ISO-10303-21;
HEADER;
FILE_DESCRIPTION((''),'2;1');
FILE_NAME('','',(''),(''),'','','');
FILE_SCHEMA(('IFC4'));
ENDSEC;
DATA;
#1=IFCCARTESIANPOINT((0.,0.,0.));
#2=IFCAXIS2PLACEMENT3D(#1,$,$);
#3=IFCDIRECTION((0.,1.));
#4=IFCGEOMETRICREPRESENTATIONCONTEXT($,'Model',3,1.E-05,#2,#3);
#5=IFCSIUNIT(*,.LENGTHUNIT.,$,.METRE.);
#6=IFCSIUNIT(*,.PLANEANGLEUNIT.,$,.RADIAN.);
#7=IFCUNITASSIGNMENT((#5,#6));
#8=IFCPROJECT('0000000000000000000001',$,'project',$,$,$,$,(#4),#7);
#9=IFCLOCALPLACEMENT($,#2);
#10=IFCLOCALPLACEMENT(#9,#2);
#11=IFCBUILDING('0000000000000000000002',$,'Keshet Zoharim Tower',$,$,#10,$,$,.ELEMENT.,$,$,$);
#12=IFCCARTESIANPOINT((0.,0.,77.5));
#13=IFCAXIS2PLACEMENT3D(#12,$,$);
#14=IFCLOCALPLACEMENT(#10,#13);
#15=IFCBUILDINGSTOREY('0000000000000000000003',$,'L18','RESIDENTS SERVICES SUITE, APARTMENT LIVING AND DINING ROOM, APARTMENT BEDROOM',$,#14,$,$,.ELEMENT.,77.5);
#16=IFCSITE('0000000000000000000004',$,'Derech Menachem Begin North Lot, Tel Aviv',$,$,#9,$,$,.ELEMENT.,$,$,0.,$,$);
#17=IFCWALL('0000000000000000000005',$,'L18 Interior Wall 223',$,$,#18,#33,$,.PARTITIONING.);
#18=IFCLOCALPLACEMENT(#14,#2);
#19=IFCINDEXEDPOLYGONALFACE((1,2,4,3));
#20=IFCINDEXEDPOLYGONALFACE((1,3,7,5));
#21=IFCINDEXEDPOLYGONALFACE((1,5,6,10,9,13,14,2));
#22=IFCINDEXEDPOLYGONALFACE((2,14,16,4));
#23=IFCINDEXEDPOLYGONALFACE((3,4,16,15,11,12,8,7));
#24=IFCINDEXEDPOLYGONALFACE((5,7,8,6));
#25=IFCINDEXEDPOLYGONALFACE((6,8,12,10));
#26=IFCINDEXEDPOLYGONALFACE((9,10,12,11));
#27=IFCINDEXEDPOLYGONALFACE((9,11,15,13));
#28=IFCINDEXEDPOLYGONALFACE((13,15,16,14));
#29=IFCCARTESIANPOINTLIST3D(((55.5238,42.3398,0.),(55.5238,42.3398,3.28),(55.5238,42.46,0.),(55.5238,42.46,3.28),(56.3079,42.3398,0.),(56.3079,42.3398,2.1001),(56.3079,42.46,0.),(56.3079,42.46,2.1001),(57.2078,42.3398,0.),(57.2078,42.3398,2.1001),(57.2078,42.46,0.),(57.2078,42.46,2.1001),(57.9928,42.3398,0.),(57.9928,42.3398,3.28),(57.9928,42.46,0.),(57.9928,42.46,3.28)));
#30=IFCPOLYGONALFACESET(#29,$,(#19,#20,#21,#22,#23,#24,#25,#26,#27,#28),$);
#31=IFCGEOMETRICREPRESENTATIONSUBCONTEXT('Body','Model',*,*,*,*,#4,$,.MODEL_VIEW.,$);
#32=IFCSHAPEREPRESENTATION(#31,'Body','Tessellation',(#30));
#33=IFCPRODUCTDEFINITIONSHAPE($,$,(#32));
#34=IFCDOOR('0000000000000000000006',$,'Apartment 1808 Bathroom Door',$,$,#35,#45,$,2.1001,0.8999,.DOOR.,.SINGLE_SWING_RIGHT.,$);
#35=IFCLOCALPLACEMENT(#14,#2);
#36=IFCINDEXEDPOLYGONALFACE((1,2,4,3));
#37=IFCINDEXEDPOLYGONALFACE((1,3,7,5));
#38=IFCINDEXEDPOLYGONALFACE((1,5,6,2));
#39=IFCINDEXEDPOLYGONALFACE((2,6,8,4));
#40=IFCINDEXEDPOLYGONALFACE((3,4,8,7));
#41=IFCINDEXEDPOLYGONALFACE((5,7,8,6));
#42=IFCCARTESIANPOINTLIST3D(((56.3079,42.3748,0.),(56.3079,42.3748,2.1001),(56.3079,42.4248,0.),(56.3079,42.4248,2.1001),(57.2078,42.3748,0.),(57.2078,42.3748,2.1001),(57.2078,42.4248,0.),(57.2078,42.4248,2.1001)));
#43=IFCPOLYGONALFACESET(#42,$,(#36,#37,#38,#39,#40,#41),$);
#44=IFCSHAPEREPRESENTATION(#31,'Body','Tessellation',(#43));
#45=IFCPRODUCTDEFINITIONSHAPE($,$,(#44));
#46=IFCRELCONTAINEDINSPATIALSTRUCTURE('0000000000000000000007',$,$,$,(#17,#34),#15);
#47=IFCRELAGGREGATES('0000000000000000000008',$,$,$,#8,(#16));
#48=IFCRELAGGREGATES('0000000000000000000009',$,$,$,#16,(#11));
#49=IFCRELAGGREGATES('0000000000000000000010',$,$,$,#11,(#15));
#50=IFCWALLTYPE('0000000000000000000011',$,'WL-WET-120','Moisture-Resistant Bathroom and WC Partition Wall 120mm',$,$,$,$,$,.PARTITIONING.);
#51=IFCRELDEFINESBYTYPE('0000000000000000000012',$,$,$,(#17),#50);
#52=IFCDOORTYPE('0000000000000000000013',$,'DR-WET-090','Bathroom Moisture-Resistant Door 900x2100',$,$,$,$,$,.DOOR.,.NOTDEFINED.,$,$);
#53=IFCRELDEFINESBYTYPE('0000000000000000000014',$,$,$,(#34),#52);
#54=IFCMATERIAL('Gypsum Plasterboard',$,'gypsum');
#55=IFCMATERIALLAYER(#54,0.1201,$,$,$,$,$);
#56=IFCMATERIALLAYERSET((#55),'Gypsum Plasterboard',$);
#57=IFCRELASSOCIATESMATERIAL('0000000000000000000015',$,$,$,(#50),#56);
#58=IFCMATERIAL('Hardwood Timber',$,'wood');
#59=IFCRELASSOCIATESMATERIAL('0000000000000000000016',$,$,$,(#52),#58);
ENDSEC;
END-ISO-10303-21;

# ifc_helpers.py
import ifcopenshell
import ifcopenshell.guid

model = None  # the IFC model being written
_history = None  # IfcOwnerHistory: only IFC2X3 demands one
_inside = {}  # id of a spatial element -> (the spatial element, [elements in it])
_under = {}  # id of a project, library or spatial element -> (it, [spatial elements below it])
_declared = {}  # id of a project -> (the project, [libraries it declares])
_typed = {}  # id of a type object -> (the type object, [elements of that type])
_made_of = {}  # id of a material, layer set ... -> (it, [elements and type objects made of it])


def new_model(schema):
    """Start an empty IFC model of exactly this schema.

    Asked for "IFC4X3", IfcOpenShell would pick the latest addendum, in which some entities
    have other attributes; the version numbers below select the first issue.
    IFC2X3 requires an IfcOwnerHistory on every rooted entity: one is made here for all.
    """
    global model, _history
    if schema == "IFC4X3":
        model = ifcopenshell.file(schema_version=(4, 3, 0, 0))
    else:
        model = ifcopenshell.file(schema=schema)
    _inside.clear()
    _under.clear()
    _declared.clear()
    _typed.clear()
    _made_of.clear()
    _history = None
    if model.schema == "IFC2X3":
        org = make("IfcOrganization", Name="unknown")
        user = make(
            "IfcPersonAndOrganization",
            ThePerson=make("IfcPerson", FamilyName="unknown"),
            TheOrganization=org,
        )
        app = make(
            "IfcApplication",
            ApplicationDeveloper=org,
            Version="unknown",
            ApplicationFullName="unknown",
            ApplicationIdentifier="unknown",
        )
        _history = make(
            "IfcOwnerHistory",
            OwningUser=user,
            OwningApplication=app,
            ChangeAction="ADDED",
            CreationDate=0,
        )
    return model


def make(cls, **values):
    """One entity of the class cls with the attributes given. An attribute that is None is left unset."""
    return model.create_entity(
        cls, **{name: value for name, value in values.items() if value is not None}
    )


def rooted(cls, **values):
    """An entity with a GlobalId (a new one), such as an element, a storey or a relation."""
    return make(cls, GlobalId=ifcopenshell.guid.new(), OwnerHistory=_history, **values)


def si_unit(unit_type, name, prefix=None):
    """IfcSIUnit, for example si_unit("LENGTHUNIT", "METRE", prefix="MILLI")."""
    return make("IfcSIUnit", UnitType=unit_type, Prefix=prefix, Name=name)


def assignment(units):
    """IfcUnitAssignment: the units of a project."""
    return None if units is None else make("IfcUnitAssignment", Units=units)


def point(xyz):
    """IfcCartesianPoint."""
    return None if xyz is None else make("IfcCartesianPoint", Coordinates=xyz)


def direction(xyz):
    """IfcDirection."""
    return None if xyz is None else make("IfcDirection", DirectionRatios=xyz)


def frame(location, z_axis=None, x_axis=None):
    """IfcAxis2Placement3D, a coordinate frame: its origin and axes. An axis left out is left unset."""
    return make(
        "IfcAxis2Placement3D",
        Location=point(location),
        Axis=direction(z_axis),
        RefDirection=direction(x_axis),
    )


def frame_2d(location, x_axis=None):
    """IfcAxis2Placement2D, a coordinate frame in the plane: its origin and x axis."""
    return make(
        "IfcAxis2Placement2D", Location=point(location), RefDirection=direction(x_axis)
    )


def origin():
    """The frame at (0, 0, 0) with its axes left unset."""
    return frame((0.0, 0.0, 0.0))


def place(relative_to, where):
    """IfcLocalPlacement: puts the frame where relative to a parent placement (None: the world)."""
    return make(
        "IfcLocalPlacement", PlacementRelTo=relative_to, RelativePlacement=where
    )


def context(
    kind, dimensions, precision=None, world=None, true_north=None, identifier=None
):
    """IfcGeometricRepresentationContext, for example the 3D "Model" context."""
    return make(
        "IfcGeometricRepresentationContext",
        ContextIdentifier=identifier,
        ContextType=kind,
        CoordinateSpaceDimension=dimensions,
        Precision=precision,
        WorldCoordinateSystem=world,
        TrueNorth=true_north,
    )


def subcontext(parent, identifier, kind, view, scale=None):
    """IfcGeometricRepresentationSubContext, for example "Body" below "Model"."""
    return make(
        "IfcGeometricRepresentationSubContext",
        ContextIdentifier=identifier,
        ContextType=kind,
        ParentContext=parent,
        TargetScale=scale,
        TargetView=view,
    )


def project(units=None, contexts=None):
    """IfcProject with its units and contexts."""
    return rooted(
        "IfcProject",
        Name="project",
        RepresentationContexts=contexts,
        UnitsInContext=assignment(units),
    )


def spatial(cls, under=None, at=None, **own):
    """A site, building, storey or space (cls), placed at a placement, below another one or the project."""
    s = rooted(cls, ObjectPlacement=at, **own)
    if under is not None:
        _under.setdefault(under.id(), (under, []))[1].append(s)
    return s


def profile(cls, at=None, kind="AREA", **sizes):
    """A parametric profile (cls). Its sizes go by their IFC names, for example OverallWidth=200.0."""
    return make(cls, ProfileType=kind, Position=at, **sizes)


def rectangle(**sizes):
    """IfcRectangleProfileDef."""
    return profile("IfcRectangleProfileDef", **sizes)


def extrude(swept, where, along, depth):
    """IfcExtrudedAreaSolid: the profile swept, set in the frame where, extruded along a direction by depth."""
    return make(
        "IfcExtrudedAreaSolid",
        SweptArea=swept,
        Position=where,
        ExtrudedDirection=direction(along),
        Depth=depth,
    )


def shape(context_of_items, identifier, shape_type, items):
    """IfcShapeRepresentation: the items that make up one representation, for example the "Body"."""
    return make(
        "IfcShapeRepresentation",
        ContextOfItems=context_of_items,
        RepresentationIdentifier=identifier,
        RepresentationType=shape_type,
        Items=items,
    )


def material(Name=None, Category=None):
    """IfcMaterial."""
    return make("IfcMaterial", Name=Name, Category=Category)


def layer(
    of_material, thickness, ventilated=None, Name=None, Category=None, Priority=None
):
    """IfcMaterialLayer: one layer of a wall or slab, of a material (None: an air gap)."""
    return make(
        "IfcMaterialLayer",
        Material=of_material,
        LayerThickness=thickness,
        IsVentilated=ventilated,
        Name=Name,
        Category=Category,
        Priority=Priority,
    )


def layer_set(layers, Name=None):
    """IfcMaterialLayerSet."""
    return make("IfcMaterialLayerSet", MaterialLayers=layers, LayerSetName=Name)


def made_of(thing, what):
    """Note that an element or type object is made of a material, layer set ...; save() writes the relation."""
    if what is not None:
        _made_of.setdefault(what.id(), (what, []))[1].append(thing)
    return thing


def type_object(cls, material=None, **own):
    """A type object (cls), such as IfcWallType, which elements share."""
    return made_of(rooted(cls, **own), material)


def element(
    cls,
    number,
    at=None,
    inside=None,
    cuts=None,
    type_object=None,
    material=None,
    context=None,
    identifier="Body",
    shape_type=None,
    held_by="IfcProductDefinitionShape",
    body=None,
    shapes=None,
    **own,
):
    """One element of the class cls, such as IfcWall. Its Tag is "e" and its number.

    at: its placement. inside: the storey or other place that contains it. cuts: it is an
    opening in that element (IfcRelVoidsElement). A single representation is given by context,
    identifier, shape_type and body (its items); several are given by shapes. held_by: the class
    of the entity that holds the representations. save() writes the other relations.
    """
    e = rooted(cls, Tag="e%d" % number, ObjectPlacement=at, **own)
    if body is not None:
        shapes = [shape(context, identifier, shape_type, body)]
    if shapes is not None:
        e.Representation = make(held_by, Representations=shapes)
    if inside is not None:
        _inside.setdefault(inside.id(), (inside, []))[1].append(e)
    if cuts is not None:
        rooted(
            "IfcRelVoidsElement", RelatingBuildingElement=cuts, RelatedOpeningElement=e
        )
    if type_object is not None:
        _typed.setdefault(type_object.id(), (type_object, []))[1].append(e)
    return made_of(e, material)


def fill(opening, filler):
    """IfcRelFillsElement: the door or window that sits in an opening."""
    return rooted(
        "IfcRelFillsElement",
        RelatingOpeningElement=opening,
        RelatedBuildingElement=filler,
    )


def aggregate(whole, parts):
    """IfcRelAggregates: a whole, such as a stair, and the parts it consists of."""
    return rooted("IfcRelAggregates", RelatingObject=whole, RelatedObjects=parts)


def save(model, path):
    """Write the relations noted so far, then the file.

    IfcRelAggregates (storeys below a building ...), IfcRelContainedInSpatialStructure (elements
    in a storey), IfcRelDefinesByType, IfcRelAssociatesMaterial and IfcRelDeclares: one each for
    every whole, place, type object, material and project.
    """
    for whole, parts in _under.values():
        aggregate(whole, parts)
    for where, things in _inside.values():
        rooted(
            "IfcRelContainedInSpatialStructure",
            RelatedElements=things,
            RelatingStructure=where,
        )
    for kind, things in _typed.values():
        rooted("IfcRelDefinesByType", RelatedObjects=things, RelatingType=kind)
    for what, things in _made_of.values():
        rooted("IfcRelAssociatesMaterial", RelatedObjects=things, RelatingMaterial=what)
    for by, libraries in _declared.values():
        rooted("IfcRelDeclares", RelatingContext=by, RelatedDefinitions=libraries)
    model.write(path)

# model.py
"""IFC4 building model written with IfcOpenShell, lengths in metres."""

from ifc_helpers import new_model, si_unit, direction, frame, frame_2d, origin, place, context, subcontext, project, spatial, rectangle, extrude, material, layer, layer_set, type_object, element, fill, save


model = new_model("IFC4")

# Units and contexts
model_context = context("Model", 3, precision=1e-05, world=origin(), true_north=direction((0.0, 1.0)))
body_context = subcontext(model_context, "Body", "Model", "MODEL_VIEW")
ifc_project = project(units=[si_unit("LENGTHUNIT", "METRE"), si_unit("PLANEANGLEUNIT", "RADIAN")], contexts=[model_context])

# Site, building, storey
site_placement = place(None, origin())
site = spatial("IfcSite", under=ifc_project, at=site_placement, Name="Derech Menachem Begin North Lot, Tel Aviv", CompositionType="ELEMENT", RefElevation=0.0)
building_placement = place(site_placement, origin())
building = spatial("IfcBuilding", under=site, at=building_placement, Name="Keshet Zoharim Tower", CompositionType="ELEMENT")
storey_placement = place(building_placement, frame((0.0, 0.0, 77.5)))
storey = spatial("IfcBuildingStorey", under=building, at=storey_placement, Name="L18", Description="RESIDENTS SERVICES SUITE, APARTMENT LIVING AND DINING ROOM, APARTMENT BEDROOM", CompositionType="ELEMENT", Elevation=77.5)

# Shared definitions
ifc_material_1 = material(Name="Gypsum Plasterboard", Category="gypsum")

# Shared definitions
ifc_material_2 = material(Name="Hardwood Timber", Category="wood")

# Shared definitions
ifc_layer_1 = layer(ifc_material_1, 0.1201)
ifc_layer_set_1 = layer_set([ifc_layer_1], Name="Gypsum Plasterboard")
wall_type_1 = type_object("IfcWallType", Name="WL-WET-120", Description="Moisture-Resistant Bathroom and WC Partition Wall 120mm", PredefinedType="PARTITIONING", material=ifc_layer_set_1)

# Wall, opening, door
door_type_1 = type_object("IfcDoorType", Name="DR-WET-090", Description="Bathroom Moisture-Resistant Door 900x2100", OperationType="NOTDEFINED", PredefinedType="DOOR", material=ifc_material_2)
wall_1_placement = place(storey_placement, frame((55.5239, 42.3999, 0.0), z_axis=(0.0, 0.0, 1.0), x_axis=(1.0, 0.0, 0.0)))
wall_1 = element("IfcWall", 1, at=wall_1_placement, inside=storey, type_object=wall_type_1, Name="L18 Interior Wall 223", PredefinedType="PARTITIONING", context=body_context, shape_type="SweptSolid", body=[
    extrude(rectangle(XDim=2.469, YDim=0.1201, at=frame_2d((1.2344, 0.0))), origin(), (0.0, 0.0, 1.0), 3.28),
])
opening_1_placement = place(wall_1_placement, frame((0.7839, 0.0, 0.0)))
opening_1 = element("IfcOpeningElement", 2, at=opening_1_placement, cuts=wall_1, PredefinedType="OPENING", context=body_context, shape_type="SweptSolid", body=[
    extrude(rectangle(XDim=0.8999, YDim=2.1001, at=frame_2d((0.45, 1.05))), frame((0.0, 0.0701, 0.0), z_axis=(0.0, -1.0, 0.0), x_axis=(1.0, 0.0, 0.0)), (0.0, 0.0, 1.0), 0.1401),
])
door_1_placement = place(opening_1_placement, origin())
door_1 = element("IfcDoor", 3, at=door_1_placement, inside=storey, type_object=door_type_1, Name="Apartment 1808 Bathroom Door", OperationType="SINGLE_SWING_RIGHT", OverallHeight=2.1001, OverallWidth=0.8999, PredefinedType="DOOR", context=body_context, shape_type="SweptSolid", body=[
    extrude(rectangle(XDim=0.8999, YDim=2.1001, at=frame_2d((0.45, 1.05))), frame((0.0, 0.0249, 0.0), z_axis=(0.0, -1.0, 0.0), x_axis=(1.0, 0.0, 0.0)), (0.0, 0.0, 1.0), 0.05),
])
fill(opening_1, door_1)

save(model, "model.ifc")
